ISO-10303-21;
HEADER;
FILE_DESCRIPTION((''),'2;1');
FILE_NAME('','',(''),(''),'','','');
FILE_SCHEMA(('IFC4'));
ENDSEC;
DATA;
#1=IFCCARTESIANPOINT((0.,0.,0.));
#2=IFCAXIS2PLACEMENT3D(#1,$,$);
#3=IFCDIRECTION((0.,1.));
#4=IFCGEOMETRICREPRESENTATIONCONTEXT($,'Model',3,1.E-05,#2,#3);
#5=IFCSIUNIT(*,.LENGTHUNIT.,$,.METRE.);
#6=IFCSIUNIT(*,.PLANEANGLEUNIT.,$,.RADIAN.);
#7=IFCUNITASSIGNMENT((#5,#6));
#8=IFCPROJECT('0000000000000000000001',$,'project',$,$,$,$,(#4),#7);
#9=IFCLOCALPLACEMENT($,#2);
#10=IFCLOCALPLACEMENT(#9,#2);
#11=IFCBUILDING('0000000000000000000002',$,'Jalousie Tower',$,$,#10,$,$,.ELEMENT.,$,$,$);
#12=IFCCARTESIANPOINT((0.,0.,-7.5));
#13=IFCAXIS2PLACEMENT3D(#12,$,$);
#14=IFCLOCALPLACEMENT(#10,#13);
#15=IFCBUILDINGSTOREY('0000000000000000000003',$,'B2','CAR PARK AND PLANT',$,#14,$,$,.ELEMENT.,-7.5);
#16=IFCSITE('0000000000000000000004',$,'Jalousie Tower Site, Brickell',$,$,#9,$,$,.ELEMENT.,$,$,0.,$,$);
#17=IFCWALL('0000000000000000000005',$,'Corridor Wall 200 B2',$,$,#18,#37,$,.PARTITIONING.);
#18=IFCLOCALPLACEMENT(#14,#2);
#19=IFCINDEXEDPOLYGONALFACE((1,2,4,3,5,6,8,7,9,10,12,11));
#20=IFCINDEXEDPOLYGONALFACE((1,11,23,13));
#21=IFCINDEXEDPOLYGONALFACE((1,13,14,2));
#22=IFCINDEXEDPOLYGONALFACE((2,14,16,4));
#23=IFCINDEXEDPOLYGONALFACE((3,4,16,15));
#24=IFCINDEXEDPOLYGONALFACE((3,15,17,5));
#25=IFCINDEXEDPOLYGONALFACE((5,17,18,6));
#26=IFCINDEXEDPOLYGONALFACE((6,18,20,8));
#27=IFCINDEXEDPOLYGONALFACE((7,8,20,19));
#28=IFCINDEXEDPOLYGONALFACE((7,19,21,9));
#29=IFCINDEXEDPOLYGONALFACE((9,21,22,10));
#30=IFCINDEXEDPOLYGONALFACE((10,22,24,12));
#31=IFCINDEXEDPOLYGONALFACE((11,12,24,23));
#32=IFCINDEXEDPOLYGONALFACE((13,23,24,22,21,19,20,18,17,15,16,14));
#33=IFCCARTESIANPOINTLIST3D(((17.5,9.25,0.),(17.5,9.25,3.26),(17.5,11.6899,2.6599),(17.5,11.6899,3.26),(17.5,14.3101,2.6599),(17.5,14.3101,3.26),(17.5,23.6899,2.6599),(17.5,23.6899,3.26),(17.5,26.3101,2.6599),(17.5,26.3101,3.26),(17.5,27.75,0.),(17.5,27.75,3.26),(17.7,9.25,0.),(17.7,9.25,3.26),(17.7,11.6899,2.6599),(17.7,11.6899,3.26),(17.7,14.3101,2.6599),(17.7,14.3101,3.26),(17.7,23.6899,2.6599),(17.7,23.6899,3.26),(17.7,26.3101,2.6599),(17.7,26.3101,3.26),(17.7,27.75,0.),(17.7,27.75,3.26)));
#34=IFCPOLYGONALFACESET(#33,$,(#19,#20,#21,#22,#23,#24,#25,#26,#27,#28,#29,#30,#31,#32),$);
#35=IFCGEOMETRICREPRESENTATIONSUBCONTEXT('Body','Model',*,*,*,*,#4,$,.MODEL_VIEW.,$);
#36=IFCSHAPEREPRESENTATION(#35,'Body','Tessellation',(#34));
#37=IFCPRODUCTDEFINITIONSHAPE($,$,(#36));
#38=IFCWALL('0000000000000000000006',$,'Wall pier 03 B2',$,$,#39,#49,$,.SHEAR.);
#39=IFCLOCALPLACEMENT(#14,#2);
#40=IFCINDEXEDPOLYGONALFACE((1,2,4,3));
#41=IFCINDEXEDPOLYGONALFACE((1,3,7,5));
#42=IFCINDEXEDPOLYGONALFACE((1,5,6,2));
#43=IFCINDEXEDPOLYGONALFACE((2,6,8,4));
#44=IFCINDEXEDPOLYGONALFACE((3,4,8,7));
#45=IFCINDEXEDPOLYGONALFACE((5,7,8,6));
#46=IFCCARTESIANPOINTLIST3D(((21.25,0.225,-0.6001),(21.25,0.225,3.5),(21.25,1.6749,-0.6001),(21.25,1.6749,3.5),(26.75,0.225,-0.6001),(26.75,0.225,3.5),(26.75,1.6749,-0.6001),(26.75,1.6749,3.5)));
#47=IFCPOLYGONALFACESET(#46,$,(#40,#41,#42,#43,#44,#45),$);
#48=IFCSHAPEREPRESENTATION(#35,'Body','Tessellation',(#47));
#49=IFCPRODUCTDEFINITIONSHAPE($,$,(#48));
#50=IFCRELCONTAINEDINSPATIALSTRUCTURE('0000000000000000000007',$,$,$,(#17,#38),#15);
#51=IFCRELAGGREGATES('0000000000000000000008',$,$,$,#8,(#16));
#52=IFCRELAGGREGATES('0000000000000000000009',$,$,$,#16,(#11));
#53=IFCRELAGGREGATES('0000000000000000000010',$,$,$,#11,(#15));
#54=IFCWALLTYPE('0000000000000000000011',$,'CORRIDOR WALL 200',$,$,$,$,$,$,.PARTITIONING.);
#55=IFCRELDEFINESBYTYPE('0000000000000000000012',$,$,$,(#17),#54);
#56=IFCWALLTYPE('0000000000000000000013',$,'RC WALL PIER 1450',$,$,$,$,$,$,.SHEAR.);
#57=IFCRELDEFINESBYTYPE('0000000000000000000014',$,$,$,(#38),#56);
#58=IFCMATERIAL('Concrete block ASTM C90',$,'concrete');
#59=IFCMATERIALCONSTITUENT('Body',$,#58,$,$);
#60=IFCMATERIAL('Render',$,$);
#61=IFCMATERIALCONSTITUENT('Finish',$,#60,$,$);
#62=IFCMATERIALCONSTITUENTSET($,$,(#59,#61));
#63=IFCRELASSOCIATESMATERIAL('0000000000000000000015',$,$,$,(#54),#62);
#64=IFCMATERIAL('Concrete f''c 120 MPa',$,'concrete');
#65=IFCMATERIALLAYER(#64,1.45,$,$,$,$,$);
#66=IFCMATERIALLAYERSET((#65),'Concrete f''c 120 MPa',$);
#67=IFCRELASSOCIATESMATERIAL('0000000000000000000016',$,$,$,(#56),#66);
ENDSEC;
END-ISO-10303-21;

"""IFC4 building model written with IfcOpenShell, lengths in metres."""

from ifc_helpers import new_model, si_unit, direction, frame, frame_2d, origin, place, context, subcontext, project, spatial, polyline, rectangle, outline, extrude, material, layer, layer_set, constituent, constituent_set, type_object, element, save


model = new_model("IFC4")

# Units and contexts
model_context = context("Model", 3, precision=1e-05, world=origin(), true_north=direction((0.0, 1.0)))
body_context = subcontext(model_context, "Body", "Model", "MODEL_VIEW")
ifc_project = project(units=[si_unit("LENGTHUNIT", "METRE"), si_unit("PLANEANGLEUNIT", "RADIAN")], contexts=[model_context])

# Site, building, storey
site_placement = place(None, origin())
site = spatial("IfcSite", under=ifc_project, at=site_placement, Name="Jalousie Tower Site, Brickell", CompositionType="ELEMENT", RefElevation=0.0)
building_placement = place(site_placement, origin())
building = spatial("IfcBuilding", under=site, at=building_placement, Name="Jalousie Tower", CompositionType="ELEMENT")
storey_placement = place(building_placement, frame((0.0, 0.0, -7.5)))
storey = spatial("IfcBuildingStorey", under=building, at=storey_placement, Name="B2", Description="CAR PARK AND PLANT", CompositionType="ELEMENT", Elevation=-7.5)

# Shared definitions
ifc_material_1 = material(Name="Concrete block ASTM C90", Category="concrete")
ifc_constituent_1 = constituent(ifc_material_1, Name="Body")
ifc_material_2 = material(Name="Render")
ifc_constituent_2 = constituent(ifc_material_2, Name="Finish")
ifc_constituent_set = constituent_set(constituents=[ifc_constituent_1, ifc_constituent_2])
wall_type_1 = type_object("IfcWallType", Name="CORRIDOR WALL 200", PredefinedType="PARTITIONING", material=ifc_constituent_set)

# Walls
wall_1_placement = place(storey_placement, frame((17.6001, 9.25, 0.0), z_axis=(0.0, 0.0, 1.0), x_axis=(0.0, 1.0, 0.0)))
element("IfcWall", 1, at=wall_1_placement, inside=storey, type_object=wall_type_1, Name="Corridor Wall 200 B2", PredefinedType="PARTITIONING", context=body_context, shape_type="SweptSolid", body=[
    extrude(outline(polyline([(0.0, 0.0), (18.5, 0.0), (18.5, 3.26), (17.0601, 3.26), (17.0601, 2.6599), (14.4399, 2.6599), (14.4399, 3.26), (5.0601, 3.26), (5.0601, 2.6599), (2.4399, 2.6599), (2.4399, 3.26), (0.0, 3.26), (0.0, 0.0)])), frame((0.0, 0.1001, 0.0), z_axis=(0.0, -1.0, 0.0), x_axis=(1.0, 0.0, 0.0)), (0.0, 0.0, 1.0), 0.2),
])
ifc_material_3 = material(Name="Concrete f'c 120 MPa", Category="concrete")
ifc_layer_1 = layer(ifc_material_3, 1.45)
ifc_layer_set_1 = layer_set([ifc_layer_1], Name="Concrete f'c 120 MPa")
wall_type_2 = type_object("IfcWallType", Name="RC WALL PIER 1450", PredefinedType="SHEAR", material=ifc_layer_set_1)
wall_2_placement = place(storey_placement, frame((21.25, 0.95, -0.6001), z_axis=(0.0, 0.0, 1.0), x_axis=(1.0, 0.0, 0.0)))
element("IfcWall", 2, at=wall_2_placement, inside=storey, type_object=wall_type_2, Name="Wall pier 03 B2", PredefinedType="SHEAR", context=body_context, shape_type="SweptSolid", body=[
    extrude(rectangle(XDim=5.5, YDim=1.45, at=frame_2d((2.75, 0.0))), origin(), (0.0, 0.0, 1.0), 4.1001),
])

save(model, "model.ifc")
